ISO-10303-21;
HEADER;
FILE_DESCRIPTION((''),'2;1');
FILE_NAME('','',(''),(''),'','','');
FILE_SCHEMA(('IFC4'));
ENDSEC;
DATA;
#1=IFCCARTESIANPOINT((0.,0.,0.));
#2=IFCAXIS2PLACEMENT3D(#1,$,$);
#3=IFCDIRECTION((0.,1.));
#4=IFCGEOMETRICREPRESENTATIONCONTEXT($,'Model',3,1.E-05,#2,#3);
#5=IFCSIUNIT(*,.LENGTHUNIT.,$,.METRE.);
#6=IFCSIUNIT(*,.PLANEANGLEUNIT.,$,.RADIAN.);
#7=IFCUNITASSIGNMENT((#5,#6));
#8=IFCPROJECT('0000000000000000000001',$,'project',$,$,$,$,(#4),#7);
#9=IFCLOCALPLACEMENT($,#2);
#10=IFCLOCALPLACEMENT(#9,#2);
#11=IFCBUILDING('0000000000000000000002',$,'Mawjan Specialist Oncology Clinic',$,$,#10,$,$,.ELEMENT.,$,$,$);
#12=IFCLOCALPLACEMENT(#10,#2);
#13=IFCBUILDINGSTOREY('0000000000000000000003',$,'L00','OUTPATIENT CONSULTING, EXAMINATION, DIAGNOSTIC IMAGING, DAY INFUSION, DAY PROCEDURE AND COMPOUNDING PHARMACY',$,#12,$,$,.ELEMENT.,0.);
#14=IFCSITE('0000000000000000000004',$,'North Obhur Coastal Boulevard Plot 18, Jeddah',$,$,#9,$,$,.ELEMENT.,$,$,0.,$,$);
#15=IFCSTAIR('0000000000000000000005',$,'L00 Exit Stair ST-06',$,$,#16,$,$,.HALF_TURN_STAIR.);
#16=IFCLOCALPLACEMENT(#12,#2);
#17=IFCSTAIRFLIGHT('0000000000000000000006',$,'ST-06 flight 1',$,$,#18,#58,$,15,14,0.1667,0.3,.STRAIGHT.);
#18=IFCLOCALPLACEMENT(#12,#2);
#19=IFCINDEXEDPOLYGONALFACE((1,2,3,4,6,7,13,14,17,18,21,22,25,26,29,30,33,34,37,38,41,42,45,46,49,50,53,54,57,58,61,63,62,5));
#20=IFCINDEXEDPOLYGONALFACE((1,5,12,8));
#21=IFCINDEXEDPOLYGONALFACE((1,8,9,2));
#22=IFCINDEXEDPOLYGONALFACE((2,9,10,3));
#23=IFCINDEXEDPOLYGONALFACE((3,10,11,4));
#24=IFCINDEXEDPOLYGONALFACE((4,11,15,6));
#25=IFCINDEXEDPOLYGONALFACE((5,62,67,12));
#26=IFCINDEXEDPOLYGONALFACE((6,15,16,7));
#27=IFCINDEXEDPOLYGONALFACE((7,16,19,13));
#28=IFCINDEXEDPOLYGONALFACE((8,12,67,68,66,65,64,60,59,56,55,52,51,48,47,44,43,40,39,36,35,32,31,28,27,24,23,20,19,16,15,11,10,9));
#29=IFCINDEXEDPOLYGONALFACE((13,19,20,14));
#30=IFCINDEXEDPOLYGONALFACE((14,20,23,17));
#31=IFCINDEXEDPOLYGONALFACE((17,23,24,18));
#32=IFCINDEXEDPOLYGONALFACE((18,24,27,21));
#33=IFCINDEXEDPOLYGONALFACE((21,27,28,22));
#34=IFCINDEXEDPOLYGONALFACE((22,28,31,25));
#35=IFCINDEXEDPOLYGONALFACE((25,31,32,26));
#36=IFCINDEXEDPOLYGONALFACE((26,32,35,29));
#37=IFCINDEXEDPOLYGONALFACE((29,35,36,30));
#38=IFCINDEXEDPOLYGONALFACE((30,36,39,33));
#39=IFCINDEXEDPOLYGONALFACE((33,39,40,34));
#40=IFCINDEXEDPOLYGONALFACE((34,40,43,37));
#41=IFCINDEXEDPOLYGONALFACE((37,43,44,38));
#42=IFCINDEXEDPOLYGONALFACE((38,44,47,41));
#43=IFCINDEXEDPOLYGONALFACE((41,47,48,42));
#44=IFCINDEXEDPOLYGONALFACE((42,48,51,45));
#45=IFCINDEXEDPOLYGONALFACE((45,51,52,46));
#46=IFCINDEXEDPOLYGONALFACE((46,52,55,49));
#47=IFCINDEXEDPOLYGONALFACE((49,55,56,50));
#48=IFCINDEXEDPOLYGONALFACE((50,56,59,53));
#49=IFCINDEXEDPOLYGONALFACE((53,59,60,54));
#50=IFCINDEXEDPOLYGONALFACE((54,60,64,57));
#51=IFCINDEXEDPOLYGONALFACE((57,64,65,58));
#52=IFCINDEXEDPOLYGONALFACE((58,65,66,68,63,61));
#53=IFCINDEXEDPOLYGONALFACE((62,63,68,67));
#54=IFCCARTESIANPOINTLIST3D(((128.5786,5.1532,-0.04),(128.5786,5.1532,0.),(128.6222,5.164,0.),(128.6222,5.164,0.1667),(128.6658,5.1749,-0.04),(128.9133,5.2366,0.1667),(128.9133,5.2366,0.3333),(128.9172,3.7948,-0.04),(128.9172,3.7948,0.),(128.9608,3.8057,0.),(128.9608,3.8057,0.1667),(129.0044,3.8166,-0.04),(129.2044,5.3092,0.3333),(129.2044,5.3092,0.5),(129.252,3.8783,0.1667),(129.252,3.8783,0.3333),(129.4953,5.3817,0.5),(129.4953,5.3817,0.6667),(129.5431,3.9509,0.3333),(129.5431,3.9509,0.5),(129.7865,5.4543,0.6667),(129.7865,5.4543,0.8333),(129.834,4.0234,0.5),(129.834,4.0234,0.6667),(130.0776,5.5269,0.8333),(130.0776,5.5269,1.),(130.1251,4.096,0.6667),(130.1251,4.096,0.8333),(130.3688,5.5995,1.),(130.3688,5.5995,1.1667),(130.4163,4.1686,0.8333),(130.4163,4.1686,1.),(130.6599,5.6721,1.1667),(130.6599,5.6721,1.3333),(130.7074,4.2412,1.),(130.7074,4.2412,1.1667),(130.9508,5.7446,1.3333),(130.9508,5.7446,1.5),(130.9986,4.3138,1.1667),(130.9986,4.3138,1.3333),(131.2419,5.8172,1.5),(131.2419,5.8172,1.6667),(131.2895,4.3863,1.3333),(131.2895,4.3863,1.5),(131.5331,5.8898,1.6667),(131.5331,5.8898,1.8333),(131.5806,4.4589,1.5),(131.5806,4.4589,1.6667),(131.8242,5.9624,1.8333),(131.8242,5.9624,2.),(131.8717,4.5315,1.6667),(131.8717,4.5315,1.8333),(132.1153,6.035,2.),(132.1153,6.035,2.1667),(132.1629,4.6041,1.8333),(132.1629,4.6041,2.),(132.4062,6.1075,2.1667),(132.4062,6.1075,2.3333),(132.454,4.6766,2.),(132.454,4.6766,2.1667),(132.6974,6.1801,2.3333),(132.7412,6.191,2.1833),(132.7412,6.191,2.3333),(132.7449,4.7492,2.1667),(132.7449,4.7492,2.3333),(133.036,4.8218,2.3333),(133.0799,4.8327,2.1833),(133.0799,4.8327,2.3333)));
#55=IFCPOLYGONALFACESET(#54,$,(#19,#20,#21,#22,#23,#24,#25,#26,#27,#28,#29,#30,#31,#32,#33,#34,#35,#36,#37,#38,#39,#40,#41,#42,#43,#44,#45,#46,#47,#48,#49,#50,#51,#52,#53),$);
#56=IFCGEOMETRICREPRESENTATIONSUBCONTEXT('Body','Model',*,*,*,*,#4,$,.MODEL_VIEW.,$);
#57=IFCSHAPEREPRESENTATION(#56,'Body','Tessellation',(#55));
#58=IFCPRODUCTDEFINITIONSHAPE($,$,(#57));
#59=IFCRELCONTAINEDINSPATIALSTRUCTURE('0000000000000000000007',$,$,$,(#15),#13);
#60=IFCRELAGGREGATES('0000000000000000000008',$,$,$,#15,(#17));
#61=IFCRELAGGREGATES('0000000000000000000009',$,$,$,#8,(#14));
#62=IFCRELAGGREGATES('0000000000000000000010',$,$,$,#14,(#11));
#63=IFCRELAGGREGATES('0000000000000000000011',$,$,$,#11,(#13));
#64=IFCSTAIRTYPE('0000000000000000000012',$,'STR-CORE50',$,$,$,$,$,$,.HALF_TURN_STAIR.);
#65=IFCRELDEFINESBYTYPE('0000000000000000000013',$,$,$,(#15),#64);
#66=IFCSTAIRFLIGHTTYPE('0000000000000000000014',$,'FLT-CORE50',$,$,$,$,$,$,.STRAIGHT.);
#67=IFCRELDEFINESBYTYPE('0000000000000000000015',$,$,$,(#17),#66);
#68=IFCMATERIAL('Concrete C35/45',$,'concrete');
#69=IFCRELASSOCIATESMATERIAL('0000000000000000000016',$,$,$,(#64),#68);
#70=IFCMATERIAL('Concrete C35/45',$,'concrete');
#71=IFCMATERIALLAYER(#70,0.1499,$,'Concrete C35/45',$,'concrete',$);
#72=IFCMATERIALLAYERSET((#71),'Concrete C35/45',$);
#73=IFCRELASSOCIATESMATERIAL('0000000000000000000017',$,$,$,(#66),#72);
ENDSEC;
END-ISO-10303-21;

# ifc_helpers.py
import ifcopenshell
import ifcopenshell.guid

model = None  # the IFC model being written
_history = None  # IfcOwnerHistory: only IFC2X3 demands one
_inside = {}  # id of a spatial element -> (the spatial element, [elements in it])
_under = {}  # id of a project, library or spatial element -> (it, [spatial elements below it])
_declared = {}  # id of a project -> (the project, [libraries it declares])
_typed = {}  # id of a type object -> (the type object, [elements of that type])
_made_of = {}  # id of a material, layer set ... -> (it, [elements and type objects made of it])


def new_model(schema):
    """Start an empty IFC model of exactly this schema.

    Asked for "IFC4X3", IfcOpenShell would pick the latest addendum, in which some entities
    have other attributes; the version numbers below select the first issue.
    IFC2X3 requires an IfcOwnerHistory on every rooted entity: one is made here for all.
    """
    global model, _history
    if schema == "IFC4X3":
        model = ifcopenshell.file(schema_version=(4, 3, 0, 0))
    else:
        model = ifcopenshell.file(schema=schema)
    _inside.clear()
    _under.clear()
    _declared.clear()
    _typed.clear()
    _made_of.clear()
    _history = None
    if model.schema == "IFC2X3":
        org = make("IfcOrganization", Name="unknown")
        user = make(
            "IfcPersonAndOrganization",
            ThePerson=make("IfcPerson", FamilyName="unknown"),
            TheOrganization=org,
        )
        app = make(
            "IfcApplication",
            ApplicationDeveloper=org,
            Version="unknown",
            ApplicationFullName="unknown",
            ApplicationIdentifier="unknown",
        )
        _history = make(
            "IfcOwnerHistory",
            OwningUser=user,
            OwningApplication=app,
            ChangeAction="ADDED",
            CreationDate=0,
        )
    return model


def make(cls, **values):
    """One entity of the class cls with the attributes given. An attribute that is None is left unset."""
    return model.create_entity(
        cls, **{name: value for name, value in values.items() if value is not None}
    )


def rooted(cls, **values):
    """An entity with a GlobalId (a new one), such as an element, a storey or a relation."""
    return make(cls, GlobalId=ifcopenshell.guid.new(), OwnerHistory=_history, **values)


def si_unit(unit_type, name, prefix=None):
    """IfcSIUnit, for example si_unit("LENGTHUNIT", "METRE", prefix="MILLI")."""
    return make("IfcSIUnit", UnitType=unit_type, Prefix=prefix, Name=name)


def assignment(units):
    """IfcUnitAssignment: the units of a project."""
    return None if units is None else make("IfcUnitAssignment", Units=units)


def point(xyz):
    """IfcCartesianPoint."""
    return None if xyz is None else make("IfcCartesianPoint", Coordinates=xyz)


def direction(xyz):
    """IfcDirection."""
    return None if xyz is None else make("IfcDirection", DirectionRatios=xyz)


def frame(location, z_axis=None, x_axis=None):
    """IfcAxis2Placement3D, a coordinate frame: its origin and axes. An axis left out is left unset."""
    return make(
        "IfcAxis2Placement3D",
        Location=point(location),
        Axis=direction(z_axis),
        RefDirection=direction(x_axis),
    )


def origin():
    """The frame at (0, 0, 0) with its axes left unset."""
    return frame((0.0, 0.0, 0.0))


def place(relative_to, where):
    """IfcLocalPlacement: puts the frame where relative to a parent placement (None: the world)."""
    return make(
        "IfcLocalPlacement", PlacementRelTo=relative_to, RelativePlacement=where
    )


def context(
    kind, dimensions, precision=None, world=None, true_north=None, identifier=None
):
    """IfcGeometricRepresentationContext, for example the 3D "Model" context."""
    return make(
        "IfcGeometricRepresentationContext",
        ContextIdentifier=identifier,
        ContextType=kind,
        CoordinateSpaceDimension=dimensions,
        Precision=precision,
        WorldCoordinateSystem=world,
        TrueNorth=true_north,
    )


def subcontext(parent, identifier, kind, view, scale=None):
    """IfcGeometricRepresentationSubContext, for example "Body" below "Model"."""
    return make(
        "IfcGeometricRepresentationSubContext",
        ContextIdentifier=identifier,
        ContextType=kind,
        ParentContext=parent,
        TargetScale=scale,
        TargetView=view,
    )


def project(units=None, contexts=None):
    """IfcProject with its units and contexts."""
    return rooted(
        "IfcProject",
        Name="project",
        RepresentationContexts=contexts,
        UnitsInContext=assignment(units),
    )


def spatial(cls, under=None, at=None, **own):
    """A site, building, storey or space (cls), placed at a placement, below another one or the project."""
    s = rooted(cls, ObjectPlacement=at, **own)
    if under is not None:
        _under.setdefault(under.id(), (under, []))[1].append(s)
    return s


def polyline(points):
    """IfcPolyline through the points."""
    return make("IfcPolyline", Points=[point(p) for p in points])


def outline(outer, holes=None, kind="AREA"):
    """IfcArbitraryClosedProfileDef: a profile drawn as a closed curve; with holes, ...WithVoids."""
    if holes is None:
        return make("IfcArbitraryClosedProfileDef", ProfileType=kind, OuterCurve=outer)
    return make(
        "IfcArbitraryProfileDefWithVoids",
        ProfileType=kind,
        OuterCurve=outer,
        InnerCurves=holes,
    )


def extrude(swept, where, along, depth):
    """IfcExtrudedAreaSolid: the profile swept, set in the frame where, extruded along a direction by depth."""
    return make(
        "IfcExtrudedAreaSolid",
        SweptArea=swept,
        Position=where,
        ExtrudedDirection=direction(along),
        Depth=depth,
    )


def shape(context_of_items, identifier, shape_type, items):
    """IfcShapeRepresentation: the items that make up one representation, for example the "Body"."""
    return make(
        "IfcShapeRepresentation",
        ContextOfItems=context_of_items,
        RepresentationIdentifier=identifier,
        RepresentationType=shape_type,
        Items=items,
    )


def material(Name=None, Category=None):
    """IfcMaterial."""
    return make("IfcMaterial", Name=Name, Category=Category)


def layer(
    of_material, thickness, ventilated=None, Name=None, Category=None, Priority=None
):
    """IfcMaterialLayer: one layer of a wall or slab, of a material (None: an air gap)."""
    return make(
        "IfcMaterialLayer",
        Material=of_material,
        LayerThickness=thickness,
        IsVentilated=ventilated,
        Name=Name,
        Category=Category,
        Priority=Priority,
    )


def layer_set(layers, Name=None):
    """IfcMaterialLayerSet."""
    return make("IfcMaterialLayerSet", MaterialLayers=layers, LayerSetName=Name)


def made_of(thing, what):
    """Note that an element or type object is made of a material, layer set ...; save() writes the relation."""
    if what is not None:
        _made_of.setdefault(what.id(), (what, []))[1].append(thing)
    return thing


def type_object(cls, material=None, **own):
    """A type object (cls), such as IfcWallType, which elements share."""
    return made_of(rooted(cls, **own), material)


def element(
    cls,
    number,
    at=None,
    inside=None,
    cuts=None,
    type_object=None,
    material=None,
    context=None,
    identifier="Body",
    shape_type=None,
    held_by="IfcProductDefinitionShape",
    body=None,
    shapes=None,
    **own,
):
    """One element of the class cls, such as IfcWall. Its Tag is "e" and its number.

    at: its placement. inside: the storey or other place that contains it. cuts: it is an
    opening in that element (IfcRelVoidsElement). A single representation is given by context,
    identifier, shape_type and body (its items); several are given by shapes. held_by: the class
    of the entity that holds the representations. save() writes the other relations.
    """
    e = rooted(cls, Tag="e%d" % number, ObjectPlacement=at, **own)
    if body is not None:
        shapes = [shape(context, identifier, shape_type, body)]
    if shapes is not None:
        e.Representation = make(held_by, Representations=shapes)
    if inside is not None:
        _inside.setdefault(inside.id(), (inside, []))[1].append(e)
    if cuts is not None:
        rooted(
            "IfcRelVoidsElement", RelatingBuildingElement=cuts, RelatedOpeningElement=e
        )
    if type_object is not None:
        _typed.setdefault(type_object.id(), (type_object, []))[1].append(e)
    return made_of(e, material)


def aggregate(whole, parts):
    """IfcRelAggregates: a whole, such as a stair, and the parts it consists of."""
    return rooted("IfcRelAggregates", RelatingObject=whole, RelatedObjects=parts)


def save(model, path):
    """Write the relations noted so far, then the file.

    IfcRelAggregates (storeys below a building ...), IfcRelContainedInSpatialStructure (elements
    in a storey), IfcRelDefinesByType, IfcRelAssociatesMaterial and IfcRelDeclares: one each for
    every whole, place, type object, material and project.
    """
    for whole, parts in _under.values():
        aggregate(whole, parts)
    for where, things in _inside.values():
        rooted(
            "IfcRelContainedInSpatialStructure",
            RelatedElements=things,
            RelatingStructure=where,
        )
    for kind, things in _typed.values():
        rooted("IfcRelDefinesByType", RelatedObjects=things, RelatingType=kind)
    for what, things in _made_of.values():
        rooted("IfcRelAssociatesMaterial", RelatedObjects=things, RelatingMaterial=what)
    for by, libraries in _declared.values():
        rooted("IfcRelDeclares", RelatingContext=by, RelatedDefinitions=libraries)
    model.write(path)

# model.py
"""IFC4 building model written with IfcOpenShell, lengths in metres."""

from ifc_helpers import new_model, si_unit, direction, frame, origin, place, context, subcontext, project, spatial, polyline, outline, extrude, material, layer, layer_set, type_object, element, aggregate, save


model = new_model("IFC4")

# Units and contexts
model_context = context("Model", 3, precision=1e-05, world=origin(), true_north=direction((0.0, 1.0)))
body_context = subcontext(model_context, "Body", "Model", "MODEL_VIEW")
ifc_project = project(units=[si_unit("LENGTHUNIT", "METRE"), si_unit("PLANEANGLEUNIT", "RADIAN")], contexts=[model_context])

# Site, building, storey
site_placement = place(None, origin())
site = spatial("IfcSite", under=ifc_project, at=site_placement, Name="North Obhur Coastal Boulevard Plot 18, Jeddah", CompositionType="ELEMENT", RefElevation=0.0)
building_placement = place(site_placement, origin())
building = spatial("IfcBuilding", under=site, at=building_placement, Name="Mawjan Specialist Oncology Clinic", CompositionType="ELEMENT")
storey_placement = place(building_placement, origin())
storey = spatial("IfcBuildingStorey", under=building, at=storey_placement, Name="L00", Description="OUTPATIENT CONSULTING, EXAMINATION, DIAGNOSTIC IMAGING, DAY INFUSION, DAY PROCEDURE AND COMPOUNDING PHARMACY", CompositionType="ELEMENT", Elevation=0.0)

# Stair, stair flight
ifc_material_1 = material(Name="Concrete C35/45", Category="concrete")
stair_type = type_object("IfcStairType", Name="STR-CORE50", PredefinedType="HALF_TURN_STAIR", material=ifc_material_1)
stair_placement = place(storey_placement, origin())
stair = element("IfcStair", 1, at=stair_placement, inside=storey, type_object=stair_type, Name="L00 Exit Stair ST-06", PredefinedType="HALF_TURN_STAIR")
ifc_material_2 = material(Name="Concrete C35/45", Category="concrete")
ifc_layer_1 = layer(ifc_material_2, 0.1499, Name="Concrete C35/45", Category="concrete")
ifc_layer_set_1 = layer_set([ifc_layer_1], Name="Concrete C35/45")
stair_flight_type = type_object("IfcStairFlightType", Name="FLT-CORE50", PredefinedType="STRAIGHT", material=ifc_layer_set_1)
stair_flight_placement = place(storey_placement, frame((128.7915, 4.4849, 0.0), z_axis=(0.0, 0.0, 1.0), x_axis=(0.970296, 0.241922, 0.0)))
stair_flight = element("IfcStairFlight", 2, at=stair_flight_placement, type_object=stair_flight_type, Name="ST-06 flight 1", NumberOfRisers=15, NumberOfTreads=14, PredefinedType="STRAIGHT", RiserHeight=0.1667, TreadLength=0.3, context=body_context, shape_type="SweptSolid", body=[
    extrude(outline(polyline([(-0.0449, -0.04), (-0.0449, 0.0), (0.0, 0.0), (0.0, 0.1667), (0.3, 0.1667), (0.3, 0.3333), (0.6001, 0.3333), (0.6001, 0.5), (0.8999, 0.5), (0.8999, 0.6667), (1.2, 0.6667), (1.2, 0.8333), (1.5, 0.8333), (1.5, 1.0), (1.8, 1.0), (1.8, 1.1667), (2.1001, 1.1667), (2.1001, 1.3333), (2.3999, 1.3333), (2.3999, 1.5), (2.7, 1.5), (2.7, 1.6667), (3.0, 1.6667), (3.0, 1.8333), (3.3, 1.8333), (3.3, 2.0), (3.6001, 2.0), (3.6001, 2.1667), (3.8999, 2.1667), (3.8999, 2.3333), (4.2, 2.3333), (4.2451, 2.3333), (4.2451, 2.1833), (0.0449, -0.04), (-0.0449, -0.04)])), frame((0.0, 0.7, 0.0), z_axis=(0.0, -1.0, 0.0), x_axis=(1.0, 0.0, 0.0)), (0.0, 0.0, 1.0), 1.3999),
])
aggregate(stair, [stair_flight])

save(model, "model.ifc")
